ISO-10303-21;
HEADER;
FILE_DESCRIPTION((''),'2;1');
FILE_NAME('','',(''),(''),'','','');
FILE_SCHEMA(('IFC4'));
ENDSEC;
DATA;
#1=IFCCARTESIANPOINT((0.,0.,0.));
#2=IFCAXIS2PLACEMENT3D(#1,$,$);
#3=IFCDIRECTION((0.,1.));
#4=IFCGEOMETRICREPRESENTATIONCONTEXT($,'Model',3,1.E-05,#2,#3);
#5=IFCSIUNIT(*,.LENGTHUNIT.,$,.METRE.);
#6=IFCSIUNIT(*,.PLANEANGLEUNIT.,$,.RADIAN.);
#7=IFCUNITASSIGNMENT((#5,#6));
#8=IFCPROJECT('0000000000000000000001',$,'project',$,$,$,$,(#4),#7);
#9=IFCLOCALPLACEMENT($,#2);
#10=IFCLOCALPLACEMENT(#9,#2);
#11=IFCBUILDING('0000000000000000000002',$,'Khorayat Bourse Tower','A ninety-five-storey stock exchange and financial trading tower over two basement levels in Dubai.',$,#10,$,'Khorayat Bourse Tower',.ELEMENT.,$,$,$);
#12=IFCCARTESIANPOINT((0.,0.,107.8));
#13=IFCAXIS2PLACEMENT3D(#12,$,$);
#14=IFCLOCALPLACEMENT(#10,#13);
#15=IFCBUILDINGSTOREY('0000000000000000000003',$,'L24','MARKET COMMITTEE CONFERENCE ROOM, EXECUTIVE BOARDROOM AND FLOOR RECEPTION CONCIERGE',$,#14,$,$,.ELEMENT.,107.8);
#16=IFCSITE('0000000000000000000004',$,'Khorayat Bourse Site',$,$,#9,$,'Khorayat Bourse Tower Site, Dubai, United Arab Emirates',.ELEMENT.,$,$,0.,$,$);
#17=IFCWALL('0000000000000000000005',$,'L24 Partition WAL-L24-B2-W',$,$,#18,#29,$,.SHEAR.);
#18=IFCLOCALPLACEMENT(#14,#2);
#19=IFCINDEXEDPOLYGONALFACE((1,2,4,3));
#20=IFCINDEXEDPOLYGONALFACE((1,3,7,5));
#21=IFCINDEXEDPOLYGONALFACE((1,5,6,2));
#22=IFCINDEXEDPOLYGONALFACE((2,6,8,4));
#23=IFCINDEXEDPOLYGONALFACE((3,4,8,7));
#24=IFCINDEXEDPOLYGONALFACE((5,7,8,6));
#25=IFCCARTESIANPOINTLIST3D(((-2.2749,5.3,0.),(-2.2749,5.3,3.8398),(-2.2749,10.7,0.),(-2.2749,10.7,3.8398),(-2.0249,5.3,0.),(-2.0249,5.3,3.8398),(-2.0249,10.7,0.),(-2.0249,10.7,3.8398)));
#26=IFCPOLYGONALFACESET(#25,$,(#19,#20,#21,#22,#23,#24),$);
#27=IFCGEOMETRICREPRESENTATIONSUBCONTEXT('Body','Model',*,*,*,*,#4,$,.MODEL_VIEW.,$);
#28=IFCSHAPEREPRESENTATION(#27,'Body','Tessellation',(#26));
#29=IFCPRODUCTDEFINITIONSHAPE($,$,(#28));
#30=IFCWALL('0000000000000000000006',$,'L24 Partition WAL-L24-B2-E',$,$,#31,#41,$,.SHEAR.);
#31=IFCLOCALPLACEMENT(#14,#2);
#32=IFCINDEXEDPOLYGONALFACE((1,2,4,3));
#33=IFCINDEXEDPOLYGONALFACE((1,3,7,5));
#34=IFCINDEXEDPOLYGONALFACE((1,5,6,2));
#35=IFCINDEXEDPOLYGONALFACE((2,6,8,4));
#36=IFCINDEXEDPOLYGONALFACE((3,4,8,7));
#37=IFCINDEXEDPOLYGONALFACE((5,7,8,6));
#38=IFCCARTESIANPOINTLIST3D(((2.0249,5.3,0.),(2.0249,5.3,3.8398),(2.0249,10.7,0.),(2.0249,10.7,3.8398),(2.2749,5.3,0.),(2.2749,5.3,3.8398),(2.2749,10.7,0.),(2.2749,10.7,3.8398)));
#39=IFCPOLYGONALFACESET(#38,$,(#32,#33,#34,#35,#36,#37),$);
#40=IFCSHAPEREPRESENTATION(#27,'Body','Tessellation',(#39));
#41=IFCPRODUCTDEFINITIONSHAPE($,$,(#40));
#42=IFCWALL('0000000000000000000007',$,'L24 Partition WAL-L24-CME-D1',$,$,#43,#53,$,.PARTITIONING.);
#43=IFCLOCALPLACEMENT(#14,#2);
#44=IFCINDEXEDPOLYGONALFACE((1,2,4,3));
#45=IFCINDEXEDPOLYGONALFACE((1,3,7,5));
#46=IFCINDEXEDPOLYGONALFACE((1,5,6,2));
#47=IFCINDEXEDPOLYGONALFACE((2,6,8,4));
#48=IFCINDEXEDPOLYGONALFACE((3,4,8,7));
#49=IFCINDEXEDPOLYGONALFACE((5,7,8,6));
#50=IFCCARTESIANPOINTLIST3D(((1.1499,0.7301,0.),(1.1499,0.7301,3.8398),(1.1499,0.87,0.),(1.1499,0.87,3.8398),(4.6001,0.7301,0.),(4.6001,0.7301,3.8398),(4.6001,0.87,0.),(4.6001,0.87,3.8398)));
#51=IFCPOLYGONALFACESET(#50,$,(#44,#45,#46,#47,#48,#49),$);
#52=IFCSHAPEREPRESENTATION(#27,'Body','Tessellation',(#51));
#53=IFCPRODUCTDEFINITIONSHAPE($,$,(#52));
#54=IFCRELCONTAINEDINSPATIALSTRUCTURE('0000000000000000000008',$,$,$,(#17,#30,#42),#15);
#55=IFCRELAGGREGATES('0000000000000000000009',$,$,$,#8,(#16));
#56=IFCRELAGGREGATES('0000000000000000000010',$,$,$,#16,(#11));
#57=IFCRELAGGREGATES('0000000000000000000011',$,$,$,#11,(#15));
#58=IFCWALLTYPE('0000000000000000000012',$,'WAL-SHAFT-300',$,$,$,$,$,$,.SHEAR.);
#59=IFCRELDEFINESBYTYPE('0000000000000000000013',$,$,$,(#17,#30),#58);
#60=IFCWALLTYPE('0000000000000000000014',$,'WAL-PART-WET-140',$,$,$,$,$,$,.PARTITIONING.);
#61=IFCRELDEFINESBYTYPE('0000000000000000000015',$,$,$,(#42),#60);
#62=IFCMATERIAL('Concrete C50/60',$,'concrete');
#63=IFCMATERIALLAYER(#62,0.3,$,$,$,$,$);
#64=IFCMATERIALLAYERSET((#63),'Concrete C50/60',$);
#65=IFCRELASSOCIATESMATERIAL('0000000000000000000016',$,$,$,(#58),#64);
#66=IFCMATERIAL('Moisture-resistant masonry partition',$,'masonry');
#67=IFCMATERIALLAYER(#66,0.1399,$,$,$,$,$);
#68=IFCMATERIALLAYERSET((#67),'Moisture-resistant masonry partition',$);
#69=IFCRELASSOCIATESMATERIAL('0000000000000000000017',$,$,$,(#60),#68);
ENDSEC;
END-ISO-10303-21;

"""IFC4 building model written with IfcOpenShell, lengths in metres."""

from ifc_helpers import new_model, si_unit, direction, frame, frame_2d, origin, place, context, subcontext, project, spatial, rectangle, extrude, source, transform, mapped, material, layer, layer_set, type_object, element, save


model = new_model("IFC4")

# Units and contexts
model_context = context("Model", 3, precision=1e-05, world=origin(), true_north=direction((0.0, 1.0)))
body_context = subcontext(model_context, "Body", "Model", "MODEL_VIEW")
ifc_project = project(units=[si_unit("LENGTHUNIT", "METRE"), si_unit("PLANEANGLEUNIT", "RADIAN")], contexts=[model_context])

# Site, building, storey
site_placement = place(None, origin())
site = spatial("IfcSite", under=ifc_project, at=site_placement, Name="Khorayat Bourse Site", LongName="Khorayat Bourse Tower Site, Dubai, United Arab Emirates", CompositionType="ELEMENT", RefElevation=0.0)
building_placement = place(site_placement, origin())
building = spatial("IfcBuilding", under=site, at=building_placement, Name="Khorayat Bourse Tower", Description="A ninety-five-storey stock exchange and financial trading tower over two basement levels in Dubai.", LongName="Khorayat Bourse Tower", CompositionType="ELEMENT")
storey_placement = place(building_placement, frame((0.0, 0.0, 107.8)))
storey = spatial("IfcBuildingStorey", under=building, at=storey_placement, Name="L24", Description="MARKET COMMITTEE CONFERENCE ROOM, EXECUTIVE BOARDROOM AND FLOOR RECEPTION CONCIERGE", CompositionType="ELEMENT", Elevation=107.8)

# Shared definitions
ifc_material_1 = material(Name="Concrete C50/60", Category="concrete")
ifc_layer_1 = layer(ifc_material_1, 0.3)
ifc_layer_set_1 = layer_set([ifc_layer_1], Name="Concrete C50/60")
wall_type_1 = type_object("IfcWallType", Name="WAL-SHAFT-300", PredefinedType="SHEAR", material=ifc_layer_set_1)
ifc_material_2 = material(Name="Moisture-resistant masonry partition", Category="masonry")
ifc_layer_2 = layer(ifc_material_2, 0.1399)
ifc_layer_set_2 = layer_set([ifc_layer_2], Name="Moisture-resistant masonry partition")
wall_type_2 = type_object("IfcWallType", Name="WAL-PART-WET-140", PredefinedType="PARTITIONING", material=ifc_layer_set_2)

# Walls
shared_shape_1 = source(origin(), body_context, "Body", "SweptSolid", [
    extrude(rectangle(XDim=5.3999, YDim=0.25, at=frame_2d((2.7, 0.0))), origin(), (0.0, 0.0, 1.0), 3.8398),
])
for number, where, z_axis, x_axis, name in (
    (1, (-2.1499, 5.3, 0.0), (0.0, 0.0, 1.0), (0.0, 1.0, 0.0), "L24 Partition WAL-L24-B2-W"),
    (2, (2.1499, 5.3, 0.0), (0.0, 0.0, 1.0), (0.0, 1.0, 0.0), "L24 Partition WAL-L24-B2-E"),
):
    element("IfcWall", number, at=place(storey_placement, frame(where, z_axis=z_axis, x_axis=x_axis)), inside=storey, type_object=wall_type_1, Name=name, PredefinedType="SHEAR", context=body_context, shape_type="MappedRepresentation", body=[
        mapped(shared_shape_1, transform((0.0, 0.0, 0.0), scale=1.0)),
    ])
shared_shape_2 = source(origin(), body_context, "Body", "SweptSolid", [
    extrude(rectangle(XDim=3.4502, YDim=0.1399, at=frame_2d((1.7251, 0.0))), origin(), (0.0, 0.0, 1.0), 3.8398),
])
wall_1_placement = place(storey_placement, frame((1.1499, 0.8, 0.0), z_axis=(0.0, 0.0, 1.0), x_axis=(1.0, 0.0, 0.0)))
element("IfcWall", 3, at=wall_1_placement, inside=storey, type_object=wall_type_2, Name="L24 Partition WAL-L24-CME-D1", PredefinedType="PARTITIONING", context=body_context, shape_type="MappedRepresentation", body=[
    mapped(shared_shape_2, transform((0.0, 0.0, 0.0), scale=1.0)),
])

save(model, "model.ifc")
